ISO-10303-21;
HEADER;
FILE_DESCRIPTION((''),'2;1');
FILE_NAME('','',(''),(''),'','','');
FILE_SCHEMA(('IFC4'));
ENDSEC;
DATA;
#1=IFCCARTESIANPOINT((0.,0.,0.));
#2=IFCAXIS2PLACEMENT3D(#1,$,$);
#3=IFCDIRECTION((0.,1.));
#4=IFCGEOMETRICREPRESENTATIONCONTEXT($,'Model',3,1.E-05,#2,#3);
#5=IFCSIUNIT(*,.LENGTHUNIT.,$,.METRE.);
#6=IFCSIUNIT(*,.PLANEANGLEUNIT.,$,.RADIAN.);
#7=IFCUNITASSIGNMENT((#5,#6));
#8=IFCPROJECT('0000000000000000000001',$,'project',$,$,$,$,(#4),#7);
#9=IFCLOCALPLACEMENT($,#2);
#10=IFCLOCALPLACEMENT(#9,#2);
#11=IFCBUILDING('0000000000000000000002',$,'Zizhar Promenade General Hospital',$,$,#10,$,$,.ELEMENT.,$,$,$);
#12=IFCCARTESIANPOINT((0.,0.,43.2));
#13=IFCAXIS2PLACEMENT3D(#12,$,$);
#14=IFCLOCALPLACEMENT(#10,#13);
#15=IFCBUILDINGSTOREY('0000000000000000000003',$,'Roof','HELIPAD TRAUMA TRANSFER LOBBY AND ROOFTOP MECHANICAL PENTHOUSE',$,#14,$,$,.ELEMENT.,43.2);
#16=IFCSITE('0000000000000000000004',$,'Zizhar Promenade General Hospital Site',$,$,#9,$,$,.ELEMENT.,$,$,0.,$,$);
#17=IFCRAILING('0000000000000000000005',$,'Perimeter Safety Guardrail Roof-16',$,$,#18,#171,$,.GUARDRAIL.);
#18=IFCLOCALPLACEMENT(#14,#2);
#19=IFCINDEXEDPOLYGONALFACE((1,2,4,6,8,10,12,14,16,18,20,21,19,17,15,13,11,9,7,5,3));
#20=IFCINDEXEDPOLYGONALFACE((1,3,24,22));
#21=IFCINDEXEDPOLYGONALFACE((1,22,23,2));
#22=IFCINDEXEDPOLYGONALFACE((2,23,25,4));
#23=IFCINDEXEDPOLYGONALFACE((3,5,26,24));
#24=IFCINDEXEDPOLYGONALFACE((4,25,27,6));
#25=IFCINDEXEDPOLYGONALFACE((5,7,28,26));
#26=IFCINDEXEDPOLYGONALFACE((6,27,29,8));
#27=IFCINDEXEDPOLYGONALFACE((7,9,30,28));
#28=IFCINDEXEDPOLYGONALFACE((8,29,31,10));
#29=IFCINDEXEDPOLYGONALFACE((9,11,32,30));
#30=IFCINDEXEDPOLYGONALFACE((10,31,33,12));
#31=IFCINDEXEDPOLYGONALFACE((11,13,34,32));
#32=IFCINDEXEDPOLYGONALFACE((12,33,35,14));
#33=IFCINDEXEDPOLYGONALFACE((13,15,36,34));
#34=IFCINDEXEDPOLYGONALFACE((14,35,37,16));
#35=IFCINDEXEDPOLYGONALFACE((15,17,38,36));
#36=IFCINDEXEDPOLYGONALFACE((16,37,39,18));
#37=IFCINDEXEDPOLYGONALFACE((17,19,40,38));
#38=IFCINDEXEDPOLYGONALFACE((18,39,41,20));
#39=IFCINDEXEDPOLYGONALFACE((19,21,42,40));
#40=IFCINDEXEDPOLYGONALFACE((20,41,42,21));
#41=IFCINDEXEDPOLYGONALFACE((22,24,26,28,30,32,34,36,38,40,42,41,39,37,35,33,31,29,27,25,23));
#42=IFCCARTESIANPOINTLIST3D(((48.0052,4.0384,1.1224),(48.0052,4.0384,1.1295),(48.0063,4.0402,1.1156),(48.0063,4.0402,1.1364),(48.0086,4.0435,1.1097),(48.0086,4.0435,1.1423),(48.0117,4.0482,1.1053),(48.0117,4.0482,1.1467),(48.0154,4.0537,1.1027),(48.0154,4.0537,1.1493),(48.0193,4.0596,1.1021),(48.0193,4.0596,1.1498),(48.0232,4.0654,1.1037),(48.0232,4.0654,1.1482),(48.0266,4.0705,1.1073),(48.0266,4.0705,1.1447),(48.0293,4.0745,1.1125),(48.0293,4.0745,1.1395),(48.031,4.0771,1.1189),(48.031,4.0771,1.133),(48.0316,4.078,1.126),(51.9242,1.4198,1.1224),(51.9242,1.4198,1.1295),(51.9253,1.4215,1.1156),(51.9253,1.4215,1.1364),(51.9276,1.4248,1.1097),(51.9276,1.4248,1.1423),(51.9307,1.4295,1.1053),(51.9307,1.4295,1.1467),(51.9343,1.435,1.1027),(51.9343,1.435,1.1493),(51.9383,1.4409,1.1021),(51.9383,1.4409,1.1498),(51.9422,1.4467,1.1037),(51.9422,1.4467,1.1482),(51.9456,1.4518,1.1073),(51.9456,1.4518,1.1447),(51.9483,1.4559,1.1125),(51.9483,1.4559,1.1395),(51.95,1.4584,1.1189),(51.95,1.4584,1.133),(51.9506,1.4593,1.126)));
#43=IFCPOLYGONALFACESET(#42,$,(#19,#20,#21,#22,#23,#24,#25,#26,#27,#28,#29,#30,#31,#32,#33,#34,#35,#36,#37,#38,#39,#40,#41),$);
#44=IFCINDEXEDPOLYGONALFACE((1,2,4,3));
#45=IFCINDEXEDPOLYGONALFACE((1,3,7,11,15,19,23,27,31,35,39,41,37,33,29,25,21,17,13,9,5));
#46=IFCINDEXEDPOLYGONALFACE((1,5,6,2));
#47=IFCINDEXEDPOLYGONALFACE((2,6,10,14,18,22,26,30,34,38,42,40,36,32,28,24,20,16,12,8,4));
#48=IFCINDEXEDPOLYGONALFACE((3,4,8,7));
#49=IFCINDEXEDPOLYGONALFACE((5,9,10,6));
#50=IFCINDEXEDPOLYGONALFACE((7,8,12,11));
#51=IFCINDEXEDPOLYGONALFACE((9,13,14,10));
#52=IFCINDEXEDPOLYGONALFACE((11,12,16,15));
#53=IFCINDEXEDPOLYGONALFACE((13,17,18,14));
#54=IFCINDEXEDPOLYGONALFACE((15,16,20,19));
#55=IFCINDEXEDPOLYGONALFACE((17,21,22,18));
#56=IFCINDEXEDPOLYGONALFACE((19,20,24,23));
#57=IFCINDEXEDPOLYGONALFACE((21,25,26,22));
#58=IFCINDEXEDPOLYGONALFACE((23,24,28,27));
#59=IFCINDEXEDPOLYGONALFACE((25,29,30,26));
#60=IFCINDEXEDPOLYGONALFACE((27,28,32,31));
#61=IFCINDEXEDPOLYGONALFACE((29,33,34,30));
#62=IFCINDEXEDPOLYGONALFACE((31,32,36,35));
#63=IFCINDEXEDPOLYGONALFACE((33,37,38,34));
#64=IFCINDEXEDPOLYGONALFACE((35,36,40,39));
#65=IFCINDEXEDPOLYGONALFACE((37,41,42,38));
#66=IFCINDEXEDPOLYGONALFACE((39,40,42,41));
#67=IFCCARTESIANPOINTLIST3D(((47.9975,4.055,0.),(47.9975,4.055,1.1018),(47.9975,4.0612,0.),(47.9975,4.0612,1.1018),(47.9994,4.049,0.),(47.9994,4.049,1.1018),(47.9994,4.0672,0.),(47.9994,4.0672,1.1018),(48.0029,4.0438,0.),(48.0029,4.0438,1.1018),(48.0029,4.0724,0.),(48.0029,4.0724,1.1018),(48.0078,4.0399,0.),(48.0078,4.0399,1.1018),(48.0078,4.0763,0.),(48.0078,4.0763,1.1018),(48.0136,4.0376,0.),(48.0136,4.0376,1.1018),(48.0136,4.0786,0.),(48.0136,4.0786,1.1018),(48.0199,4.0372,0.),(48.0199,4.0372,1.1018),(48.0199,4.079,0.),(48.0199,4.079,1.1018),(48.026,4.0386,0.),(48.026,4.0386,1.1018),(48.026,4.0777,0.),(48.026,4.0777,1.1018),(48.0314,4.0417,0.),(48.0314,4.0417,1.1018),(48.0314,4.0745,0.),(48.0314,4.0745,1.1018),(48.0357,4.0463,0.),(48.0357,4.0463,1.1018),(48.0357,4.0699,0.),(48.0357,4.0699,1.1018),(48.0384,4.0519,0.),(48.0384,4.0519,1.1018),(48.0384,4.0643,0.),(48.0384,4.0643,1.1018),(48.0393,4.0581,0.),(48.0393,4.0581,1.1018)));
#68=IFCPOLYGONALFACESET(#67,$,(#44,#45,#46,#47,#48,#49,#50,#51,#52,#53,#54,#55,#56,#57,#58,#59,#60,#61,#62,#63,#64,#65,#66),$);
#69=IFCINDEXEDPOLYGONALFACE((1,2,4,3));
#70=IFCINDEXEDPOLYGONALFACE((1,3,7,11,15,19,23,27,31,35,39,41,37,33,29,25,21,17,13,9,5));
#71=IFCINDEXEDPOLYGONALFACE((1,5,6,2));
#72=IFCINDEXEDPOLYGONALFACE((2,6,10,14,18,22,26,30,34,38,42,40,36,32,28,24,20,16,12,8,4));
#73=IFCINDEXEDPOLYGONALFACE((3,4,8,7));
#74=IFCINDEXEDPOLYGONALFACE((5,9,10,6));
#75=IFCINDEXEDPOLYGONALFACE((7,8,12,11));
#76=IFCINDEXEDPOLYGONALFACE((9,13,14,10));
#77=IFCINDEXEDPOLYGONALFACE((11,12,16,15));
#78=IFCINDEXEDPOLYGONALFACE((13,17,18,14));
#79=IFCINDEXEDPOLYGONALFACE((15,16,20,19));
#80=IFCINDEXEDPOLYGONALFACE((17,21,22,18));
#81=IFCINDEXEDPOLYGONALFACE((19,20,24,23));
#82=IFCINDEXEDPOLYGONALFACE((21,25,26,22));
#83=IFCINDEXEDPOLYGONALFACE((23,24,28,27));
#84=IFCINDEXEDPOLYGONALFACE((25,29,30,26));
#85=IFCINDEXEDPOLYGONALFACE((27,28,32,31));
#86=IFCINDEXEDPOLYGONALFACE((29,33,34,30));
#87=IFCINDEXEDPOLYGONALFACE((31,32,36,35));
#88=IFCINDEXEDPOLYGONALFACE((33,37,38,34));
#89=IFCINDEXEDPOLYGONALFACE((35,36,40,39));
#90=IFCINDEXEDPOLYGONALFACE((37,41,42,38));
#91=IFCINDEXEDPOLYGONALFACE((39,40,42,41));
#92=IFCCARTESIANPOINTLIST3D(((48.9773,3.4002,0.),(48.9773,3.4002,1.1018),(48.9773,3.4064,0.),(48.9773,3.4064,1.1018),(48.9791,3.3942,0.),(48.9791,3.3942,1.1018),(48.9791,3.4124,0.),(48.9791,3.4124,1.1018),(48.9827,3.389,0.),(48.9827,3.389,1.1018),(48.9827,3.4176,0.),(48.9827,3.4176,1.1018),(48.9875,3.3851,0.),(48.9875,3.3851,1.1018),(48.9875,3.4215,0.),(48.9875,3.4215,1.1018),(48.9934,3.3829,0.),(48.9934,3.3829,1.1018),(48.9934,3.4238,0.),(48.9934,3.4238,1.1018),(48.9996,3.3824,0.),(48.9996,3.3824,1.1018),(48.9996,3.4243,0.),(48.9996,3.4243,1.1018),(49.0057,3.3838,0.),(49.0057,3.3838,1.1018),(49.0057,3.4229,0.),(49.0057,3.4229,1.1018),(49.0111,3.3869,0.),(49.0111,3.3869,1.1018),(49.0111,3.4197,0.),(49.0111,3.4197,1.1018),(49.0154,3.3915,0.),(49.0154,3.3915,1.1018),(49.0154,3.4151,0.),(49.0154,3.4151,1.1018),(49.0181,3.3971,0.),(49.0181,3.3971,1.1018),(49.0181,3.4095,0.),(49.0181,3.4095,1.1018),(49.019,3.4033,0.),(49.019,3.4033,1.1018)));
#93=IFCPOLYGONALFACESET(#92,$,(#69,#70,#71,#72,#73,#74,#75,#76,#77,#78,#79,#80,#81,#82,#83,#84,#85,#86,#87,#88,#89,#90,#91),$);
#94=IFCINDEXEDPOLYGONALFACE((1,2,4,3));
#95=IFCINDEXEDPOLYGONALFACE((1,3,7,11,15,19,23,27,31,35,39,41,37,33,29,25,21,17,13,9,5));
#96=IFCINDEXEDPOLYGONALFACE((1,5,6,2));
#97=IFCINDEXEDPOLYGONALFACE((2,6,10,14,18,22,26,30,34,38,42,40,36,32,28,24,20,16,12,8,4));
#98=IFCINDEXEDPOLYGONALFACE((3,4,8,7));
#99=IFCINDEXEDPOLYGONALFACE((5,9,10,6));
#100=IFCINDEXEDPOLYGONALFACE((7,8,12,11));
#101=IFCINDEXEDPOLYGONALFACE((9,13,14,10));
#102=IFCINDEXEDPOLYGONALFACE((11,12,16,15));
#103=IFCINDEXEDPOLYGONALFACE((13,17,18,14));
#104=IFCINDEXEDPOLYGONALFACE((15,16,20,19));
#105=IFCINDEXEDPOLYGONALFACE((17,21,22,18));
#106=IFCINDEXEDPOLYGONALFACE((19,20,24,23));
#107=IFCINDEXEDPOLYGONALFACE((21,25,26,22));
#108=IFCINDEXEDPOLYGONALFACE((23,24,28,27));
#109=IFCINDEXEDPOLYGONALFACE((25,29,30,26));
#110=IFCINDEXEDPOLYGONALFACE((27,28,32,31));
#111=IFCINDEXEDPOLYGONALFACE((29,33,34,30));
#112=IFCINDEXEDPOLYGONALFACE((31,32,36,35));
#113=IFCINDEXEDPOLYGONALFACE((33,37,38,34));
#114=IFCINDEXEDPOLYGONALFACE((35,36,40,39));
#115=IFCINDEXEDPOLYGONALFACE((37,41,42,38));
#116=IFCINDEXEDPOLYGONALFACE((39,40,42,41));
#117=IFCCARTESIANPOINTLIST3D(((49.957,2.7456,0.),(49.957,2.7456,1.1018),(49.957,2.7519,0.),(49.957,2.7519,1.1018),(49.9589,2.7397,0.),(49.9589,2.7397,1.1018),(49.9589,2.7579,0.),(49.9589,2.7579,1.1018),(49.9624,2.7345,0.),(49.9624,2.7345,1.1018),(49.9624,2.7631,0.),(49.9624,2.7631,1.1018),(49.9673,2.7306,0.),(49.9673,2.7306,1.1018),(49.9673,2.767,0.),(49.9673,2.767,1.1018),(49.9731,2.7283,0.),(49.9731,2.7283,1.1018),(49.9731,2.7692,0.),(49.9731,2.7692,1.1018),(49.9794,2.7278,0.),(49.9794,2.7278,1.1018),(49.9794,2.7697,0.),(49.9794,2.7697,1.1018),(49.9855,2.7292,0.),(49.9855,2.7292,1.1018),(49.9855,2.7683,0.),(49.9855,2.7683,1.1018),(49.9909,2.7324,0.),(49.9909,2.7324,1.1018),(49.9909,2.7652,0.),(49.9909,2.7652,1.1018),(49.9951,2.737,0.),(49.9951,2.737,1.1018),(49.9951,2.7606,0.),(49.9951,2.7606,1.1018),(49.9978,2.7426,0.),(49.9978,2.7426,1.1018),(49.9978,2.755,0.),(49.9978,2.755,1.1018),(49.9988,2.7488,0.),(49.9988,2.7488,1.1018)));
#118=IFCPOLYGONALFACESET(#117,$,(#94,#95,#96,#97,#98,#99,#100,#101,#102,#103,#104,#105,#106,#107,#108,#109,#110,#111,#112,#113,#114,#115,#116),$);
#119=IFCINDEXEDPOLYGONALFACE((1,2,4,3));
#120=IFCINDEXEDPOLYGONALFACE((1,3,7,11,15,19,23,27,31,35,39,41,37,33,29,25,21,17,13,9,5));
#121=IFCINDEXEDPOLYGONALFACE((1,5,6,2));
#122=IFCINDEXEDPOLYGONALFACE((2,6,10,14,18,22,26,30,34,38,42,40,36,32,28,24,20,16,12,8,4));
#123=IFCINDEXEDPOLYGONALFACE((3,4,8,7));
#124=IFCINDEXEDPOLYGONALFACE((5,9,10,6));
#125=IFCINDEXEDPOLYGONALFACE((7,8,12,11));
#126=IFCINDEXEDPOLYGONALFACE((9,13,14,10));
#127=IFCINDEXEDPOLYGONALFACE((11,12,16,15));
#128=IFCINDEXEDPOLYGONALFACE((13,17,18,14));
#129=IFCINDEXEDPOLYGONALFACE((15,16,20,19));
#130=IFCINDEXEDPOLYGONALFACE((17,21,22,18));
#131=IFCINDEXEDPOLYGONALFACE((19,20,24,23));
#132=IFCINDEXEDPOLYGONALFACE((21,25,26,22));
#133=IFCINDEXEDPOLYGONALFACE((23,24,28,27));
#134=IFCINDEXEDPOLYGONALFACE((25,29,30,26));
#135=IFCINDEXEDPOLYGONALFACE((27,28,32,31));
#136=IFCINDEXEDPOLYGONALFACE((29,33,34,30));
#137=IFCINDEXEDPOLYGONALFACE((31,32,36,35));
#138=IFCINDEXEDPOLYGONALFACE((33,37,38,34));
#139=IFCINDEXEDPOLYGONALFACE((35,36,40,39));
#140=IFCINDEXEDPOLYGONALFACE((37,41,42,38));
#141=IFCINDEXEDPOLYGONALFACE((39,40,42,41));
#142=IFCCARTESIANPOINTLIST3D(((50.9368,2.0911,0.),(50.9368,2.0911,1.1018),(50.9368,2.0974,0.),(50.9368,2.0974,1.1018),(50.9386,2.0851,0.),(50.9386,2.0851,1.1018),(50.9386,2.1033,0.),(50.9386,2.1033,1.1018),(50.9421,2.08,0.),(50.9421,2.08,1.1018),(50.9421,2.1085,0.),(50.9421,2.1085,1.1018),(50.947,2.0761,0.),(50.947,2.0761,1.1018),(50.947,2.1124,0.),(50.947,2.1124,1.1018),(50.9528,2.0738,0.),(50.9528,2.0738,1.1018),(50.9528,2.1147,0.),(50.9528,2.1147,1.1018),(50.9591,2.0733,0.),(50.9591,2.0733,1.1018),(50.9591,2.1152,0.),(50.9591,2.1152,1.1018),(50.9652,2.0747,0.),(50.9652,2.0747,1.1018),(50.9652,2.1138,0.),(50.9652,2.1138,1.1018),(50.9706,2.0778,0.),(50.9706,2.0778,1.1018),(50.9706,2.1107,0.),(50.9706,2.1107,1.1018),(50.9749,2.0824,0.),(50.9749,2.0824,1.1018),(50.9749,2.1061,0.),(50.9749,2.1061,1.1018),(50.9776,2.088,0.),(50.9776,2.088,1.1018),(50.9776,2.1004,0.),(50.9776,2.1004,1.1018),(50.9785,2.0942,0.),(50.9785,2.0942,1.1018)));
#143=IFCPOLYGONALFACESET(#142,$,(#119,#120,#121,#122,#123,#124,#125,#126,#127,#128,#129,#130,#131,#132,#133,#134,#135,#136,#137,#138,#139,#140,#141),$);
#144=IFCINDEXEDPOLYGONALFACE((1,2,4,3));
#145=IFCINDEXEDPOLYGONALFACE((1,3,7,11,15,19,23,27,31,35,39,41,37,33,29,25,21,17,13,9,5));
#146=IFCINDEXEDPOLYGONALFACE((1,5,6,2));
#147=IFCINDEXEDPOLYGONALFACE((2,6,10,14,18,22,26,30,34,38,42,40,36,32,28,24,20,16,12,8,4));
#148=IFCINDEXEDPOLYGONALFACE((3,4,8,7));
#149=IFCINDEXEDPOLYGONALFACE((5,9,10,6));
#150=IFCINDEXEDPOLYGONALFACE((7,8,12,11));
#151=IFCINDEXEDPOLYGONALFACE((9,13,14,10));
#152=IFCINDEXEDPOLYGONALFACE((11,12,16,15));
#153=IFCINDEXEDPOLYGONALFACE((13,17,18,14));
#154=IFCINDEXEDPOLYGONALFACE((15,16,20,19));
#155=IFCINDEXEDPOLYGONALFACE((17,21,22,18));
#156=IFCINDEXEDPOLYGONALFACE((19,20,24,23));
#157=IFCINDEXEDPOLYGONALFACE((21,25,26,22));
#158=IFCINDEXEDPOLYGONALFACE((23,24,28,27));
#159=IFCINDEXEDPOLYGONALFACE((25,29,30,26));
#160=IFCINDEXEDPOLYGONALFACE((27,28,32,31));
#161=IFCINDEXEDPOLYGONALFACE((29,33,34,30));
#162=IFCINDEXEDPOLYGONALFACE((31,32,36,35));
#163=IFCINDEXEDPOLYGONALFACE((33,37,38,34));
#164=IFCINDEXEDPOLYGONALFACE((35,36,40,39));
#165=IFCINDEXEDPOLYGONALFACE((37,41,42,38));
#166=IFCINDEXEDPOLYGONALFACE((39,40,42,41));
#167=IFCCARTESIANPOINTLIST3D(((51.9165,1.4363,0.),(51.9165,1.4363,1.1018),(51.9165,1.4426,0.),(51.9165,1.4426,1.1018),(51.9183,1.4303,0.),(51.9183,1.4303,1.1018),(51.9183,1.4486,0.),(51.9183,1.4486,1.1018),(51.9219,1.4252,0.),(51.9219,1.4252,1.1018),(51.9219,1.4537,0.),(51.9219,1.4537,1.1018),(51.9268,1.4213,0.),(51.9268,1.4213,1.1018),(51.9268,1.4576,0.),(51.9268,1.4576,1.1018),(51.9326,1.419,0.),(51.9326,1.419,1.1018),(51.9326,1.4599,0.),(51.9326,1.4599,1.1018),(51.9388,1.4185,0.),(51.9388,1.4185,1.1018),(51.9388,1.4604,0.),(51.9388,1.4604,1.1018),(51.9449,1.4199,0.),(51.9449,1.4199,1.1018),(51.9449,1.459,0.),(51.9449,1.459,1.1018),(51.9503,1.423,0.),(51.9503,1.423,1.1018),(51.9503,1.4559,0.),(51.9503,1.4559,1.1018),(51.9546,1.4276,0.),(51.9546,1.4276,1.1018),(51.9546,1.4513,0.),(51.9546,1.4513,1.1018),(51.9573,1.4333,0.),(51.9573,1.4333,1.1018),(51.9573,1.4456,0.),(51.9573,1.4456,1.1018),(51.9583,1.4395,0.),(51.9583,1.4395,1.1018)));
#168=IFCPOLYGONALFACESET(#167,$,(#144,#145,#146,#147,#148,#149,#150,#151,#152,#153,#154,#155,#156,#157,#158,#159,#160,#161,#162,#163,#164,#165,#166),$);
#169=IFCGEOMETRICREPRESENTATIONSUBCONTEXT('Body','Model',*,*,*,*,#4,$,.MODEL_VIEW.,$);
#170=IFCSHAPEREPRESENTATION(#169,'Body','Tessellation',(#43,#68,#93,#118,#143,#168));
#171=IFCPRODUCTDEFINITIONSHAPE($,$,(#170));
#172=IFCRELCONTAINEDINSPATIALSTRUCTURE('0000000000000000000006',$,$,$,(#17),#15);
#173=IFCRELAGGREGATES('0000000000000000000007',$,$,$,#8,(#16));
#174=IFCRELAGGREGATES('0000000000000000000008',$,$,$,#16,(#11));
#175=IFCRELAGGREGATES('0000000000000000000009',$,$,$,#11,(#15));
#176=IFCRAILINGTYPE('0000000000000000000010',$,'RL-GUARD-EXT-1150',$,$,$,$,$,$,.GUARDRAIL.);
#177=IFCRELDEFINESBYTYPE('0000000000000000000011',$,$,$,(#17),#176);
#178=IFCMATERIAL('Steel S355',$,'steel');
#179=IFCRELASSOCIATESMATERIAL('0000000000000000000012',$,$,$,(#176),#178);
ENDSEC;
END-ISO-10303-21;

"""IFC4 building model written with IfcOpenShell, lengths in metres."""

from ifc_helpers import new_model, si_unit, direction, frame, origin, origin_2d, place, context, subcontext, project, spatial, hollow_rectangle, circle, extrude, material, material_profile, profile_set, type_object, element, save


model = new_model("IFC4")

# Units and contexts
model_context = context("Model", 3, precision=1e-05, world=origin(), true_north=direction((0.0, 1.0)))
body_context = subcontext(model_context, "Body", "Model", "MODEL_VIEW")
ifc_project = project(units=[si_unit("LENGTHUNIT", "METRE"), si_unit("PLANEANGLEUNIT", "RADIAN")], contexts=[model_context])

# Site, building, storey
site_placement = place(None, origin())
site = spatial("IfcSite", under=ifc_project, at=site_placement, Name="Zizhar Promenade General Hospital Site", CompositionType="ELEMENT", RefElevation=0.0)
building_placement = place(site_placement, origin())
building = spatial("IfcBuilding", under=site, at=building_placement, Name="Zizhar Promenade General Hospital", CompositionType="ELEMENT")
storey_placement = place(building_placement, frame((0.0, 0.0, 43.2)))
storey = spatial("IfcBuildingStorey", under=building, at=storey_placement, Name="Roof", Description="HELIPAD TRAUMA TRANSFER LOBBY AND ROOFTOP MECHANICAL PENTHOUSE", CompositionType="ELEMENT", Elevation=43.2)

# Railing
ifc_material_1 = material(Name="Steel S355", Category="steel")
ifc_material_profile_1 = material_profile(ifc_material_1, hollow_rectangle(XDim=0.0601, YDim=0.1201, WallThickness=0.0039, at=origin_2d()))
ifc_profile_set_1 = profile_set([ifc_material_profile_1], Name="Steel S355")
railing_type_1 = type_object("IfcRailingType", Name="RL-GUARD-EXT-1150", PredefinedType="GUARDRAIL", material=ifc_profile_set_1)
railing_1_placement = place(storey_placement, frame((48.0183, 4.0581, 0.0)))
element("IfcRailing", 1, at=railing_1_placement, inside=storey, type_object=railing_type_1, Name="Perimeter Safety Guardrail Roof-16", PredefinedType="GUARDRAIL", context=body_context, shape_type="SweptSolid", body=[
    extrude(circle(Radius=0.0239, at=origin_2d()), frame((0.0, 0.0, 1.126), z_axis=(0.83146, -0.555584, 0.0), x_axis=(0.555584, 0.83146, 0.0)), (0.0, 0.0, 1.0), 4.7134),
    extrude(circle(Radius=0.021, at=origin_2d()), origin(), (0.0, 0.0, 1.0), 1.1018),
    extrude(circle(Radius=0.021, at=origin_2d()), frame((0.9797, -0.6548, 0.0)), (0.0, 0.0, 1.0), 1.1018),
    extrude(circle(Radius=0.021, at=origin_2d()), frame((1.9595, -1.3093, 0.0)), (0.0, 0.0, 1.0), 1.1018),
    extrude(circle(Radius=0.021, at=origin_2d()), frame((2.9392, -1.9639, 0.0)), (0.0, 0.0, 1.0), 1.1018),
    extrude(circle(Radius=0.021, at=origin_2d()), frame((3.9189, -2.6187, 0.0)), (0.0, 0.0, 1.0), 1.1018),
])

save(model, "model.ifc")
